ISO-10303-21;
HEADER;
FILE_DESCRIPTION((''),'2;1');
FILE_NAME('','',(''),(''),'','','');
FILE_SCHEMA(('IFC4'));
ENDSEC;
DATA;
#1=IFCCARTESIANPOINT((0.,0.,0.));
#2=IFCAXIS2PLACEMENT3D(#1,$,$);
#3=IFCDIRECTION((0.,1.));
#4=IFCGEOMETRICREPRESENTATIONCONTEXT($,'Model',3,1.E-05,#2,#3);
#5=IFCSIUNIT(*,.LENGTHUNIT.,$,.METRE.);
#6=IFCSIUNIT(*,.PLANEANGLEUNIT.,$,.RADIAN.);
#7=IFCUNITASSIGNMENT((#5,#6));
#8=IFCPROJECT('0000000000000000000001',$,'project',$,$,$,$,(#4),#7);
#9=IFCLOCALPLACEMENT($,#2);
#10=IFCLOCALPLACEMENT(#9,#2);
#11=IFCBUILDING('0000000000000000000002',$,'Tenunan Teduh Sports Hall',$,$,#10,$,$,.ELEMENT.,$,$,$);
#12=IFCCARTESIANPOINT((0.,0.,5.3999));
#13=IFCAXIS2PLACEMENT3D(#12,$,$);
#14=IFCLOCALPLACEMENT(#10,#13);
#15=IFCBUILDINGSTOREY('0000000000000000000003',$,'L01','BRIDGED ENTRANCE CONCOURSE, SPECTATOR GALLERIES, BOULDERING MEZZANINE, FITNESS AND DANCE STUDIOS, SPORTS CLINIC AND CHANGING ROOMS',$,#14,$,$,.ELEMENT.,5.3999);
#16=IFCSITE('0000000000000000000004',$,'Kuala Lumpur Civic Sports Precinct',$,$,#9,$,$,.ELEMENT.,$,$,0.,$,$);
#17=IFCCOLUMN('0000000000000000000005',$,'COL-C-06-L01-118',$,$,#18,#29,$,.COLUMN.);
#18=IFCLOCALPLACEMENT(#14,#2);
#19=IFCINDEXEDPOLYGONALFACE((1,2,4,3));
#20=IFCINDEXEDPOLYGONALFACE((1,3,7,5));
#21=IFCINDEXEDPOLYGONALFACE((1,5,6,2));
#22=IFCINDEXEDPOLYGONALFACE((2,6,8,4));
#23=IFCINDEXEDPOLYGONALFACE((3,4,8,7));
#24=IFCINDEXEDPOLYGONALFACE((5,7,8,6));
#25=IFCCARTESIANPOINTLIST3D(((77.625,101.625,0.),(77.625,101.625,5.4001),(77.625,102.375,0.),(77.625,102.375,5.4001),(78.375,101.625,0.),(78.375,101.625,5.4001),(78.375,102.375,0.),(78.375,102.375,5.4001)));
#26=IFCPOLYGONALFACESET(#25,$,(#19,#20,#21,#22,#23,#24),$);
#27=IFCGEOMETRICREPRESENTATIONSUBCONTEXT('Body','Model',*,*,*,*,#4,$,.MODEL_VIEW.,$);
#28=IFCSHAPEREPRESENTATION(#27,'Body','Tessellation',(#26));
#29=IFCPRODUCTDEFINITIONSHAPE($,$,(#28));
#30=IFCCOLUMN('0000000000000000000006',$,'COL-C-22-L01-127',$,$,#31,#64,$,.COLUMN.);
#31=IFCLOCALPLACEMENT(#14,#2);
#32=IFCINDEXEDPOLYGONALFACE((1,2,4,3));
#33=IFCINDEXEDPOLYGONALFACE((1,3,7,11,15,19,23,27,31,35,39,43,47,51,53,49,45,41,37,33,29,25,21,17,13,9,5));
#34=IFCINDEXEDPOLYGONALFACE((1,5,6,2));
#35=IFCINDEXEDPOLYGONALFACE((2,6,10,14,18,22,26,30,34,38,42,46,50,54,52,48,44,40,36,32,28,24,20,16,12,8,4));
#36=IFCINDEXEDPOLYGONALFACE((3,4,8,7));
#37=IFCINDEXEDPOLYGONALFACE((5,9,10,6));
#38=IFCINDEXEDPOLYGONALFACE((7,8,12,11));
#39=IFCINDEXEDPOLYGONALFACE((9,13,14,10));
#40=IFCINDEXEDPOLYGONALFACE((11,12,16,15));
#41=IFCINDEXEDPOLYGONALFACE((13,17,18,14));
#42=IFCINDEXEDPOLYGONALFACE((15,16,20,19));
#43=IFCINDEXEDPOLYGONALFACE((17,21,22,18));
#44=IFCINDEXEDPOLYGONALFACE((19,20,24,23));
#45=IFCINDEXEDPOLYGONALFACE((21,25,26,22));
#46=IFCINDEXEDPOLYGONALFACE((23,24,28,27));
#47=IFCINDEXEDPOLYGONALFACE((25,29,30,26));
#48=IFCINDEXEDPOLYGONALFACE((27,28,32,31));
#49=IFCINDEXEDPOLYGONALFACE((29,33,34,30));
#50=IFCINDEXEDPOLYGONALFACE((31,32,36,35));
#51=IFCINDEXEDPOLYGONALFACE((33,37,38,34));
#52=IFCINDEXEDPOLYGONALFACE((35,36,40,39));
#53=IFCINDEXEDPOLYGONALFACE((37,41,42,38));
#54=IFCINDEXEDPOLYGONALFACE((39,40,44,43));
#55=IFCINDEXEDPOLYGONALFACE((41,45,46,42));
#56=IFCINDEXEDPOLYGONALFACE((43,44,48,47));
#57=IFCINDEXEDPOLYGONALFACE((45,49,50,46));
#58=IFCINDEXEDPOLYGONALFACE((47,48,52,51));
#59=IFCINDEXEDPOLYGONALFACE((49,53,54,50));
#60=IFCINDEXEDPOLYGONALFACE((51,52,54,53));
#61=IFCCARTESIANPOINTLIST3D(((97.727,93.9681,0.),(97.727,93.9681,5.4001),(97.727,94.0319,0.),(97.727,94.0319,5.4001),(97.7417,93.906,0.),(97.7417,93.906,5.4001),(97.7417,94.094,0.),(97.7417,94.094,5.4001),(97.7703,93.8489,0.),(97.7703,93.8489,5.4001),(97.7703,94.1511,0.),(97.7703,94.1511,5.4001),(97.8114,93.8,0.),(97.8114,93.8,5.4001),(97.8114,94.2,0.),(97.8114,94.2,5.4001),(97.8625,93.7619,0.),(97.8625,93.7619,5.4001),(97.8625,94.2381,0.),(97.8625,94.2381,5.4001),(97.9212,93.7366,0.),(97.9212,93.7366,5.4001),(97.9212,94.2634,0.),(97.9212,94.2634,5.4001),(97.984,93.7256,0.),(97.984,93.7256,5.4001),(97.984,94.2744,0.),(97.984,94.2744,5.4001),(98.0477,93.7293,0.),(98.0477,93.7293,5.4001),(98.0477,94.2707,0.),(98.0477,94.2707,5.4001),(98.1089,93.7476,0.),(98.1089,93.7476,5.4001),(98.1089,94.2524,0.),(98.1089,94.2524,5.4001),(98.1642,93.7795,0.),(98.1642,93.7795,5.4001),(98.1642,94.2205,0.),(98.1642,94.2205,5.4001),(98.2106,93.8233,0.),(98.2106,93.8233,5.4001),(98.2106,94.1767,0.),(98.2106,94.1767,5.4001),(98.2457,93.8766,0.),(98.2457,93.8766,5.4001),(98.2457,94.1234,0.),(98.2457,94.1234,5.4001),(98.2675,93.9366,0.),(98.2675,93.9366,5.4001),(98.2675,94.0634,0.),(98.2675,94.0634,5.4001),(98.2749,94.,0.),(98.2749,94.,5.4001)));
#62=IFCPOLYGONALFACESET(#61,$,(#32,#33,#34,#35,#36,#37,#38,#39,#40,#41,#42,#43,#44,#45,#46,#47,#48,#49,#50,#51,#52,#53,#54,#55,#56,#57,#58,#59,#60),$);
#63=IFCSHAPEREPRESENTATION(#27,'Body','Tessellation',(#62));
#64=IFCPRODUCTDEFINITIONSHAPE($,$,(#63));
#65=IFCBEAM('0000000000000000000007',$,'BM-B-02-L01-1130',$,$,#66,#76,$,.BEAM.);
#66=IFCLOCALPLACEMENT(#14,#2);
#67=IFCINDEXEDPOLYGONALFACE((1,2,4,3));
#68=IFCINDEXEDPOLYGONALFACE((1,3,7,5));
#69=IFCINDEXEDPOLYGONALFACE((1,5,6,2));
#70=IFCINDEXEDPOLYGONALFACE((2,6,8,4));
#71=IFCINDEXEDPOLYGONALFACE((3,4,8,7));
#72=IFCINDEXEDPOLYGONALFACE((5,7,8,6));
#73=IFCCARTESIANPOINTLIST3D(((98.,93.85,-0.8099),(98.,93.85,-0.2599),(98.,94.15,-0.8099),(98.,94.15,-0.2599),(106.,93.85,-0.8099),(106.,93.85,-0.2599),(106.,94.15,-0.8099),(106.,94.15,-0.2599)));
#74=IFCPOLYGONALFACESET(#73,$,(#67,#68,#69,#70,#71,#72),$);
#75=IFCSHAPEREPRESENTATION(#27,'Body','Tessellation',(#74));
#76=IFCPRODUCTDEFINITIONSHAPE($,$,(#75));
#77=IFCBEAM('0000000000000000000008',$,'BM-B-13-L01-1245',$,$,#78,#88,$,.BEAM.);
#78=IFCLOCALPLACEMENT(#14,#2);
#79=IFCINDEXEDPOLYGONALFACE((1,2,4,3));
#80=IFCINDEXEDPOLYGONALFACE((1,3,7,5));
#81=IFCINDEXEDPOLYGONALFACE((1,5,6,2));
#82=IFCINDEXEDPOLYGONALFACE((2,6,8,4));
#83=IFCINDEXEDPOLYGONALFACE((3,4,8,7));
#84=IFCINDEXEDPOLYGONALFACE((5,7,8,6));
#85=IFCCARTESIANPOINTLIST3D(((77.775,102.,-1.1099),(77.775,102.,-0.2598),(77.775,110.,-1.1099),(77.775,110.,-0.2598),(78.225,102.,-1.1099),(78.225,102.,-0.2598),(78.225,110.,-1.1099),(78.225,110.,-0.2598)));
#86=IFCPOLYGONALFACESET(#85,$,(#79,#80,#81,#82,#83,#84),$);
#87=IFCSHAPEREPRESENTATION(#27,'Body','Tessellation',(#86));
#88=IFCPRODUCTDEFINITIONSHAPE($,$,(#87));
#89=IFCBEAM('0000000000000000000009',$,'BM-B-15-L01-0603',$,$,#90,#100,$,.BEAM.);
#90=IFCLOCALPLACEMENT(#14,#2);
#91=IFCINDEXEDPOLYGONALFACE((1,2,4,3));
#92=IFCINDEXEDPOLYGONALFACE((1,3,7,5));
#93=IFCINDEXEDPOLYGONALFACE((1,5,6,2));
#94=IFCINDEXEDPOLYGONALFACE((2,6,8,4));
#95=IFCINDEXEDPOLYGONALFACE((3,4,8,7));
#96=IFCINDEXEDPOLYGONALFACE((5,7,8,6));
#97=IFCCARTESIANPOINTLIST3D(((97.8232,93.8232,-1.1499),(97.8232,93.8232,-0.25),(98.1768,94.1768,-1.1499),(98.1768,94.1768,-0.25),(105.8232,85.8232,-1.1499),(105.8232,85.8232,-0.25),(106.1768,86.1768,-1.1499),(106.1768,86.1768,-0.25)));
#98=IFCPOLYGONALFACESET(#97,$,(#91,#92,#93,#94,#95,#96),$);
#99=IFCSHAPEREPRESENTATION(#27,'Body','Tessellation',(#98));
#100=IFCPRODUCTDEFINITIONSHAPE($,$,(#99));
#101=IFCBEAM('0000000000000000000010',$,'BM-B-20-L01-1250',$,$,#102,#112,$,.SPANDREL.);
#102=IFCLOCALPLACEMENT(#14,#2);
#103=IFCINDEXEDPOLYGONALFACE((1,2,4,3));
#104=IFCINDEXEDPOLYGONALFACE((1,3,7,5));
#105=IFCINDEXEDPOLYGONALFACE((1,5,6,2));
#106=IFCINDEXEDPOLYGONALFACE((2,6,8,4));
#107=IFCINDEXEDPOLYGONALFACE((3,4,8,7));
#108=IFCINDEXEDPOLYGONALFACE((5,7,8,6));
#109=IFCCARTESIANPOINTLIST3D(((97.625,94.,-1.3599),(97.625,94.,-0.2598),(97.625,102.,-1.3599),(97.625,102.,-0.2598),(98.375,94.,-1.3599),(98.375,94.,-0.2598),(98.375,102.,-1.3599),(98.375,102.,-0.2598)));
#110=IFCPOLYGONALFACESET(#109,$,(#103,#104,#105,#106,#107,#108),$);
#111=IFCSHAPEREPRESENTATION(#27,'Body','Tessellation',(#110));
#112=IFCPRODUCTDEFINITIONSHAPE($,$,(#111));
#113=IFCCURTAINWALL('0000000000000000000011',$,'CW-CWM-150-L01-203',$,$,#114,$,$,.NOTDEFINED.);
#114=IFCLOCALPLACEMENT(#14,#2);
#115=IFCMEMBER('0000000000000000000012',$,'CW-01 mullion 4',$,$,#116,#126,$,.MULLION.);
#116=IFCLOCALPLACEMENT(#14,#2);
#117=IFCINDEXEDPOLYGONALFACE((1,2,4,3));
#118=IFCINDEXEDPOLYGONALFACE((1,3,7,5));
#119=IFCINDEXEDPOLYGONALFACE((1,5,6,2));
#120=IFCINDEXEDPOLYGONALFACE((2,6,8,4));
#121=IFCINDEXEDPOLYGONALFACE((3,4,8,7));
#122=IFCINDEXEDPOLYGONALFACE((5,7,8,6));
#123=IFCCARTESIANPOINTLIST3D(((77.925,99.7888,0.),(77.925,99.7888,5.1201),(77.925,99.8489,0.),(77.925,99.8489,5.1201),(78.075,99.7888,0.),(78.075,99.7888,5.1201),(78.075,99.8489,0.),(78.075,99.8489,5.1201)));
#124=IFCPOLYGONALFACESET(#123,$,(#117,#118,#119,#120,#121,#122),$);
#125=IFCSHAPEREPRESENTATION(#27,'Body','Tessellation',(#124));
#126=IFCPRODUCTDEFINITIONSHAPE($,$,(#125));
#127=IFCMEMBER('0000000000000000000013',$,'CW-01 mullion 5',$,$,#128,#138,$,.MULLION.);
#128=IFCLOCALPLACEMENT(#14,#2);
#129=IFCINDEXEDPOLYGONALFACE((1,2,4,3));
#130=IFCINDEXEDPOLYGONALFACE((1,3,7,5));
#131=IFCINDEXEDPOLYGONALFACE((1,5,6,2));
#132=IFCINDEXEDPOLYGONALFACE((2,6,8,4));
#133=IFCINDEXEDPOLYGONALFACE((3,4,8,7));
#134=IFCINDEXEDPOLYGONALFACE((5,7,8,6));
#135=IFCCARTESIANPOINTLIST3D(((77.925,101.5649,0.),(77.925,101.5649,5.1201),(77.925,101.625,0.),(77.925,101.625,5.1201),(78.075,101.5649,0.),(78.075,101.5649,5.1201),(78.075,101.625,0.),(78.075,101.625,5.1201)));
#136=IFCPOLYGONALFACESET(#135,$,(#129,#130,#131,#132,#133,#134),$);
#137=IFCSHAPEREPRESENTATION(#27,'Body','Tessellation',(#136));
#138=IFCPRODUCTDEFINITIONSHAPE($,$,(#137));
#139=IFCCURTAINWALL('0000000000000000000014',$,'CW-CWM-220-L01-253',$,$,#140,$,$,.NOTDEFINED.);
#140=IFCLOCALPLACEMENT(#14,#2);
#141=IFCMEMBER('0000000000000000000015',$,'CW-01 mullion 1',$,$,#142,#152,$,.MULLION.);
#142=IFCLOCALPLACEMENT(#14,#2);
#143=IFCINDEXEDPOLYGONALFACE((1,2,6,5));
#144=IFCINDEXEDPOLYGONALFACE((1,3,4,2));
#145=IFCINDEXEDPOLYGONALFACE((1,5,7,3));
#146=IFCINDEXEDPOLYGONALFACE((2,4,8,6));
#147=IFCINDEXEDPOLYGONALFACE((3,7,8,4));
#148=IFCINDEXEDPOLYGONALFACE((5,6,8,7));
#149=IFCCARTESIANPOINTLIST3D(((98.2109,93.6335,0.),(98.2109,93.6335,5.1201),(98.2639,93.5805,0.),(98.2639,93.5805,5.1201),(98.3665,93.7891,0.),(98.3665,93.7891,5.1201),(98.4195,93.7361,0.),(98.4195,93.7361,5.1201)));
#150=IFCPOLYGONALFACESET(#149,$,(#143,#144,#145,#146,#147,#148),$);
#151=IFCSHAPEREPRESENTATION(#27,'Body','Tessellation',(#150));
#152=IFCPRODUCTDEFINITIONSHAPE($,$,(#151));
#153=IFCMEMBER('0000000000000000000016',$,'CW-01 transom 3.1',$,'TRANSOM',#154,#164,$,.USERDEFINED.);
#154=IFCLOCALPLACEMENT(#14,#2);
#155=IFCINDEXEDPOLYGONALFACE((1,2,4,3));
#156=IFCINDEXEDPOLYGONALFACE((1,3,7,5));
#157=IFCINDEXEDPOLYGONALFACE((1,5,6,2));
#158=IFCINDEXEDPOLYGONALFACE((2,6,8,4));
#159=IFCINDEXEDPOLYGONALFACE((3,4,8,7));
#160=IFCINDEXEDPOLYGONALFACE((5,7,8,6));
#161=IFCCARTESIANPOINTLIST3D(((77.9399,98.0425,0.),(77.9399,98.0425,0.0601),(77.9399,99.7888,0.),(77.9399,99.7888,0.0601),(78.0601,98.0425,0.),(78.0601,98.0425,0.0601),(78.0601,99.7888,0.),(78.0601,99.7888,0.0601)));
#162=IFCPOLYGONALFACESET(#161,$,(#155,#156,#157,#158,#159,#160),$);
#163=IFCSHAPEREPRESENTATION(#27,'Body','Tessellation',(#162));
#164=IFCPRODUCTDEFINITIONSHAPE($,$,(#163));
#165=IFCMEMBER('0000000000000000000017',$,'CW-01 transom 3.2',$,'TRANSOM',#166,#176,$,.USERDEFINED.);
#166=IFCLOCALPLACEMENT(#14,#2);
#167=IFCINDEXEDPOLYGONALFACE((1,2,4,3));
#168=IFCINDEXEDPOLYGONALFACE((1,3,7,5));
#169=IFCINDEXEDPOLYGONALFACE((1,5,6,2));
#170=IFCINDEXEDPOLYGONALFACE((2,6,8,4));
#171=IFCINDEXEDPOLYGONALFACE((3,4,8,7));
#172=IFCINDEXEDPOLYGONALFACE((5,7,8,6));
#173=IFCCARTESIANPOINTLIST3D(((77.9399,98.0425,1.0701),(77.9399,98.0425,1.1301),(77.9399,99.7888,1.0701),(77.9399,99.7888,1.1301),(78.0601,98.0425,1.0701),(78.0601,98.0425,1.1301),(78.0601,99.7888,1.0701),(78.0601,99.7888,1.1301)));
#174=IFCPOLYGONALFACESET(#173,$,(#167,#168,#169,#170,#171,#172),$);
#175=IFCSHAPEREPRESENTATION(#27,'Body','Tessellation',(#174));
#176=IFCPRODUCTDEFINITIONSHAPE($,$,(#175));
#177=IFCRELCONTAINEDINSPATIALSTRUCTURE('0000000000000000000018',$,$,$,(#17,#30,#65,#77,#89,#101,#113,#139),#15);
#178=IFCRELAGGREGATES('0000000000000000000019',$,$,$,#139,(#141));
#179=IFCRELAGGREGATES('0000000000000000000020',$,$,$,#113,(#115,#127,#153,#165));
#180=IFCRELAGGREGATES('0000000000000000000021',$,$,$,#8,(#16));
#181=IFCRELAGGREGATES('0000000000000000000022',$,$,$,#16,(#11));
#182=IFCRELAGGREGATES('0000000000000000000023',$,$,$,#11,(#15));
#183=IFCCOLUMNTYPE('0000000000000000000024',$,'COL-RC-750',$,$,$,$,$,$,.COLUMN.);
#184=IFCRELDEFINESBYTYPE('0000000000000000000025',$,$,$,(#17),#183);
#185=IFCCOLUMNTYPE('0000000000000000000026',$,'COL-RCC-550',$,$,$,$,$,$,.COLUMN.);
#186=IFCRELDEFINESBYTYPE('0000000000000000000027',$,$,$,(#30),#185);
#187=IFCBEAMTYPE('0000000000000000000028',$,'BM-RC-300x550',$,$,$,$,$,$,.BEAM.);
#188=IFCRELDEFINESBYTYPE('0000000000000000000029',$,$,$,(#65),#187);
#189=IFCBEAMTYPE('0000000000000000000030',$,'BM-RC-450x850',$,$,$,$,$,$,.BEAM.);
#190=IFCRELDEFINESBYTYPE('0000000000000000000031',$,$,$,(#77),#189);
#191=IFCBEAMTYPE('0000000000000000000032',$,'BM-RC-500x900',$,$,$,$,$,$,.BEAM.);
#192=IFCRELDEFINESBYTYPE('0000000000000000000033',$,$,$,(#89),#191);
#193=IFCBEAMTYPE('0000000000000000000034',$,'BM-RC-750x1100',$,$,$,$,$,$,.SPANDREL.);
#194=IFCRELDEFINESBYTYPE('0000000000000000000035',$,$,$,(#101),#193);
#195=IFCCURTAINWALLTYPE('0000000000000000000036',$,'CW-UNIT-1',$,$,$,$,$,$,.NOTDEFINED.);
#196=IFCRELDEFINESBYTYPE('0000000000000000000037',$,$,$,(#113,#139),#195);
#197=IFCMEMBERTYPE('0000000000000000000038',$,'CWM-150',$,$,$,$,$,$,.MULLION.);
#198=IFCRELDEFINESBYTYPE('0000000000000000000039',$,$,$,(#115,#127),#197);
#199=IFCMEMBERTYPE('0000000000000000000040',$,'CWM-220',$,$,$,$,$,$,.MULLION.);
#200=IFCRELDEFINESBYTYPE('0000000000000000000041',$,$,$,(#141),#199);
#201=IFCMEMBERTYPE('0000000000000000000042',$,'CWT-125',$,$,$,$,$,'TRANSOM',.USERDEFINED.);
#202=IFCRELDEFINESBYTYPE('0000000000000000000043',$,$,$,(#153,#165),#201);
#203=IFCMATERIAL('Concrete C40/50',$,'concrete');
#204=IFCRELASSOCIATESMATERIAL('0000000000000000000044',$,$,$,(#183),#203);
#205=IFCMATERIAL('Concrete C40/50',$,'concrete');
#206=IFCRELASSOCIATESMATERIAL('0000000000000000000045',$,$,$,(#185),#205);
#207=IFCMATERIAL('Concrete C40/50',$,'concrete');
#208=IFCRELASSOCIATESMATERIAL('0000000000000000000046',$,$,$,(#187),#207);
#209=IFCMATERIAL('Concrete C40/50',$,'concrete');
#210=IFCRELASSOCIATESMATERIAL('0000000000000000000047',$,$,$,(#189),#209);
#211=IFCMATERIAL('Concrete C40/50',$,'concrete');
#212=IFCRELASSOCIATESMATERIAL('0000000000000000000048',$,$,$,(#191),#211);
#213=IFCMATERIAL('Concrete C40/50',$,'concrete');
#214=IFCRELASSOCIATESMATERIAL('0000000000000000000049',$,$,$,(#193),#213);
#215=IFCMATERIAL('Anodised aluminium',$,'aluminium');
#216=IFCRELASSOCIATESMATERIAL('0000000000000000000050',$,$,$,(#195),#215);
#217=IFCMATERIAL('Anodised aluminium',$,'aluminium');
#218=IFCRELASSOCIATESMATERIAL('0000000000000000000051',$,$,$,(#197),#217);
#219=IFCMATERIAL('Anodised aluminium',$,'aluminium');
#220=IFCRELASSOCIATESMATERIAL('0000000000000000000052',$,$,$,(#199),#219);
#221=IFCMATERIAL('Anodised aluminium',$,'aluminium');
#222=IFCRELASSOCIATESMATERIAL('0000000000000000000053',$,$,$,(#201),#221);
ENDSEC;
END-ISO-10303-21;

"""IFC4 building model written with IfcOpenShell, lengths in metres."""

from ifc_helpers import new_model, si_unit, direction, frame, origin, origin_2d, place, context, subcontext, project, spatial, rectangle, circle, extrude, material, material_profile, profile_set, type_object, element, aggregate, save


model = new_model("IFC4")

# Units and contexts
model_context = context("Model", 3, precision=1e-05, world=origin(), true_north=direction((0.0, 1.0)))
body_context = subcontext(model_context, "Body", "Model", "MODEL_VIEW")
ifc_project = project(units=[si_unit("LENGTHUNIT", "METRE"), si_unit("PLANEANGLEUNIT", "RADIAN")], contexts=[model_context])

# Site, building, storey
site_placement = place(None, origin())
site = spatial("IfcSite", under=ifc_project, at=site_placement, Name="Kuala Lumpur Civic Sports Precinct", CompositionType="ELEMENT", RefElevation=0.0)
building_placement = place(site_placement, origin())
building = spatial("IfcBuilding", under=site, at=building_placement, Name="Tenunan Teduh Sports Hall", CompositionType="ELEMENT")
storey_placement = place(building_placement, frame((0.0, 0.0, 5.3999)))
storey = spatial("IfcBuildingStorey", under=building, at=storey_placement, Name="L01", Description="BRIDGED ENTRANCE CONCOURSE, SPECTATOR GALLERIES, BOULDERING MEZZANINE, FITNESS AND DANCE STUDIOS, SPORTS CLINIC AND CHANGING ROOMS", CompositionType="ELEMENT", Elevation=5.3999)

# Columns
ifc_material_1 = material(Name="Concrete C40/50", Category="concrete")
ifc_material_profile_1 = material_profile(ifc_material_1, rectangle(XDim=0.75, YDim=0.75, at=origin_2d()), Name="RC 750x750")
ifc_profile_set_1 = profile_set([ifc_material_profile_1], Name="Concrete C40/50")
column_type_1 = type_object("IfcColumnType", Name="COL-RC-750", PredefinedType="COLUMN", material=ifc_profile_set_1)
column_1_placement = place(storey_placement, frame((78.0, 102.0, 0.0), z_axis=(0.0, 0.0, 1.0), x_axis=(1.0, 0.0, 0.0)))
element("IfcColumn", 1, at=column_1_placement, inside=storey, type_object=column_type_1, Name="COL-C-06-L01-118", PredefinedType="COLUMN", context=body_context, shape_type="SweptSolid", body=[
    extrude(rectangle(XDim=0.75, YDim=0.75, at=origin_2d()), origin(), (0.0, 0.0, 1.0), 5.4001),
])
ifc_material_2 = material(Name="Concrete C40/50", Category="concrete")
ifc_material_profile_2 = material_profile(ifc_material_2, circle(Radius=0.2749, at=origin_2d()), Name="RCC D550")
ifc_profile_set_2 = profile_set([ifc_material_profile_2], Name="Concrete C40/50")
column_type_2 = type_object("IfcColumnType", Name="COL-RCC-550", PredefinedType="COLUMN", material=ifc_profile_set_2)
column_2_placement = place(storey_placement, frame((98.0, 94.0, 0.0), z_axis=(0.0, 0.0, 1.0), x_axis=(1.0, 0.0, 0.0)))
element("IfcColumn", 2, at=column_2_placement, inside=storey, type_object=column_type_2, Name="COL-C-22-L01-127", PredefinedType="COLUMN", context=body_context, shape_type="SweptSolid", body=[
    extrude(circle(Radius=0.2749, at=origin_2d()), origin(), (0.0, 0.0, 1.0), 5.4001),
])

# Beams
ifc_material_3 = material(Name="Concrete C40/50", Category="concrete")
ifc_material_profile_3 = material_profile(ifc_material_3, rectangle(XDim=0.3, YDim=0.55, at=origin_2d()), Name="RCB 300x550")
ifc_profile_set_3 = profile_set([ifc_material_profile_3], Name="Concrete C40/50")
beam_type_1 = type_object("IfcBeamType", Name="BM-RC-300x550", PredefinedType="BEAM", material=ifc_profile_set_3)
beam_1_placement = place(storey_placement, frame((98.0, 94.0, -0.5349), z_axis=(1.0, 0.0, 0.0), x_axis=(0.0, 1.0, 0.0)))
element("IfcBeam", 3, at=beam_1_placement, inside=storey, type_object=beam_type_1, Name="BM-B-02-L01-1130", PredefinedType="BEAM", context=body_context, shape_type="SweptSolid", body=[
    extrude(rectangle(XDim=0.3, YDim=0.55, at=origin_2d()), origin(), (0.0, 0.0, 1.0), 8.0),
])
ifc_material_4 = material(Name="Concrete C40/50", Category="concrete")
ifc_material_profile_4 = material_profile(ifc_material_4, rectangle(XDim=0.45, YDim=0.8501, at=origin_2d()), Name="RCB 450x850")
ifc_profile_set_4 = profile_set([ifc_material_profile_4], Name="Concrete C40/50")
beam_type_2 = type_object("IfcBeamType", Name="BM-RC-450x850", PredefinedType="BEAM", material=ifc_profile_set_4)
beam_2_placement = place(storey_placement, frame((78.0, 102.0, -0.6848), z_axis=(0.0, 1.0, 0.0), x_axis=(-1.0, 0.0, 0.0)))
element("IfcBeam", 4, at=beam_2_placement, inside=storey, type_object=beam_type_2, Name="BM-B-13-L01-1245", PredefinedType="BEAM", context=body_context, shape_type="SweptSolid", body=[
    extrude(rectangle(XDim=0.45, YDim=0.8501, at=origin_2d()), origin(), (0.0, 0.0, 1.0), 8.0),
])
ifc_material_5 = material(Name="Concrete C40/50", Category="concrete")
ifc_material_profile_5 = material_profile(ifc_material_5, rectangle(XDim=0.5, YDim=0.8999, at=origin_2d()), Name="RCB 500x900")
ifc_profile_set_5 = profile_set([ifc_material_profile_5], Name="Concrete C40/50")
beam_type_3 = type_object("IfcBeamType", Name="BM-RC-500x900", PredefinedType="BEAM", material=ifc_profile_set_5)
beam_3_placement = place(storey_placement, frame((98.0, 94.0, -0.7), z_axis=(0.707107, -0.707107, 0.0), x_axis=(0.707107, 0.707107, 0.0)))
element("IfcBeam", 5, at=beam_3_placement, inside=storey, type_object=beam_type_3, Name="BM-B-15-L01-0603", PredefinedType="BEAM", context=body_context, shape_type="SweptSolid", body=[
    extrude(rectangle(XDim=0.5, YDim=0.8999, at=origin_2d()), origin(), (0.0, 0.0, 1.0), 11.3137),
])
ifc_material_6 = material(Name="Concrete C40/50", Category="concrete")
ifc_material_profile_6 = material_profile(ifc_material_6, rectangle(XDim=0.75, YDim=1.1001, at=origin_2d()), Name="RCB 750x1100")
ifc_profile_set_6 = profile_set([ifc_material_profile_6], Name="Concrete C40/50")
beam_type_4 = type_object("IfcBeamType", Name="BM-RC-750x1100", PredefinedType="SPANDREL", material=ifc_profile_set_6)
beam_4_placement = place(storey_placement, frame((98.0, 94.0, -0.8098), z_axis=(0.0, 1.0, 0.0), x_axis=(-1.0, 0.0, 0.0)))
element("IfcBeam", 6, at=beam_4_placement, inside=storey, type_object=beam_type_4, Name="BM-B-20-L01-1250", PredefinedType="SPANDREL", context=body_context, shape_type="SweptSolid", body=[
    extrude(rectangle(XDim=0.75, YDim=1.1001, at=origin_2d()), origin(), (0.0, 0.0, 1.0), 8.0),
])

# Curtain wall, members
ifc_material_7 = material(Name="Anodised aluminium", Category="aluminium")
curtain_wall_type = type_object("IfcCurtainWallType", Name="CW-UNIT-1", PredefinedType="NOTDEFINED", material=ifc_material_7)
curtain_wall_1_placement = place(storey_placement, origin())
curtain_wall_1 = element("IfcCurtainWall", 7, at=curtain_wall_1_placement, inside=storey, type_object=curtain_wall_type, Name="CW-CWM-150-L01-203", PredefinedType="NOTDEFINED")
ifc_material_8 = material(Name="Anodised aluminium", Category="aluminium")
ifc_material_profile_7 = material_profile(ifc_material_8, rectangle(XDim=0.0601, YDim=0.1499, at=origin_2d()), Name="CWM 60x150")
ifc_profile_set_7 = profile_set([ifc_material_profile_7], Name="Anodised aluminium")
member_type_1 = type_object("IfcMemberType", Name="CWM-150", PredefinedType="MULLION", material=ifc_profile_set_7)
member_1_placement = place(storey_placement, frame((78.0, 99.8188, 0.0), z_axis=(0.0, 0.0, 1.0), x_axis=(0.0, 1.0, 0.0)))
member_1 = element("IfcMember", 8, at=member_1_placement, type_object=member_type_1, Name="CW-01 mullion 4", PredefinedType="MULLION", context=body_context, shape_type="SweptSolid", body=[
    extrude(rectangle(XDim=0.0601, YDim=0.1499, at=origin_2d()), origin(), (0.0, 0.0, 1.0), 5.1201),
])
member_2_placement = place(storey_placement, frame((78.0, 101.595, 0.0), z_axis=(0.0, 0.0, 1.0), x_axis=(0.0, 1.0, 0.0)))
member_2 = element("IfcMember", 9, at=member_2_placement, type_object=member_type_1, Name="CW-01 mullion 5", PredefinedType="MULLION", context=body_context, shape_type="SweptSolid", body=[
    extrude(rectangle(XDim=0.0601, YDim=0.1499, at=origin_2d()), origin(), (0.0, 0.0, 1.0), 5.1201),
])

# Curtain wall, member
curtain_wall_2_placement = place(storey_placement, origin())
curtain_wall_2 = element("IfcCurtainWall", 10, at=curtain_wall_2_placement, inside=storey, type_object=curtain_wall_type, Name="CW-CWM-220-L01-253", PredefinedType="NOTDEFINED")
ifc_material_9 = material(Name="Anodised aluminium", Category="aluminium")
ifc_material_profile_8 = material_profile(ifc_material_9, rectangle(XDim=0.075, YDim=0.22, at=origin_2d()), Name="CWM 75x220")
ifc_profile_set_8 = profile_set([ifc_material_profile_8], Name="Anodised aluminium")
member_type_2 = type_object("IfcMemberType", Name="CWM-220", PredefinedType="MULLION", material=ifc_profile_set_8)
member_3_placement = place(storey_placement, frame((98.3152, 93.6848, 0.0), z_axis=(0.0, 0.0, 1.0), x_axis=(-0.707107, 0.707107, 0.0)))
member_3 = element("IfcMember", 11, at=member_3_placement, type_object=member_type_2, Name="CW-01 mullion 1", PredefinedType="MULLION", context=body_context, shape_type="SweptSolid", body=[
    extrude(rectangle(XDim=0.075, YDim=0.22, at=origin_2d()), origin(), (0.0, 0.0, 1.0), 5.1201),
])

# Members
ifc_material_10 = material(Name="Anodised aluminium", Category="aluminium")
ifc_material_profile_9 = material_profile(ifc_material_10, rectangle(XDim=0.0601, YDim=0.1201, at=origin_2d()), Name="CWT 60x120")
ifc_profile_set_9 = profile_set([ifc_material_profile_9], Name="Anodised aluminium")
member_type_3 = type_object("IfcMemberType", Name="CWT-125", ElementType="TRANSOM", PredefinedType="USERDEFINED", material=ifc_profile_set_9)
member_4_placement = place(storey_placement, frame((78.0, 98.0425, 0.03), z_axis=(0.0, 1.0, 0.0), x_axis=(0.0, 0.0, 1.0)))
member_4 = element("IfcMember", 12, at=member_4_placement, type_object=member_type_3, Name="CW-01 transom 3.1", ObjectType="TRANSOM", PredefinedType="USERDEFINED", context=body_context, shape_type="SweptSolid", body=[
    extrude(rectangle(XDim=0.0601, YDim=0.1201, at=origin_2d()), origin(), (0.0, 0.0, 1.0), 1.7463),
])
member_5_placement = place(storey_placement, frame((78.0, 98.0425, 1.1001), z_axis=(0.0, 1.0, 0.0), x_axis=(0.0, 0.0, 1.0)))
member_5 = element("IfcMember", 13, at=member_5_placement, type_object=member_type_3, Name="CW-01 transom 3.2", ObjectType="TRANSOM", PredefinedType="USERDEFINED", context=body_context, shape_type="SweptSolid", body=[
    extrude(rectangle(XDim=0.0601, YDim=0.1201, at=origin_2d()), origin(), (0.0, 0.0, 1.0), 1.7463),
])
aggregate(curtain_wall_2, [member_3])

aggregate(curtain_wall_1, [member_1, member_2, member_4, member_5])

save(model, "model.ifc")
